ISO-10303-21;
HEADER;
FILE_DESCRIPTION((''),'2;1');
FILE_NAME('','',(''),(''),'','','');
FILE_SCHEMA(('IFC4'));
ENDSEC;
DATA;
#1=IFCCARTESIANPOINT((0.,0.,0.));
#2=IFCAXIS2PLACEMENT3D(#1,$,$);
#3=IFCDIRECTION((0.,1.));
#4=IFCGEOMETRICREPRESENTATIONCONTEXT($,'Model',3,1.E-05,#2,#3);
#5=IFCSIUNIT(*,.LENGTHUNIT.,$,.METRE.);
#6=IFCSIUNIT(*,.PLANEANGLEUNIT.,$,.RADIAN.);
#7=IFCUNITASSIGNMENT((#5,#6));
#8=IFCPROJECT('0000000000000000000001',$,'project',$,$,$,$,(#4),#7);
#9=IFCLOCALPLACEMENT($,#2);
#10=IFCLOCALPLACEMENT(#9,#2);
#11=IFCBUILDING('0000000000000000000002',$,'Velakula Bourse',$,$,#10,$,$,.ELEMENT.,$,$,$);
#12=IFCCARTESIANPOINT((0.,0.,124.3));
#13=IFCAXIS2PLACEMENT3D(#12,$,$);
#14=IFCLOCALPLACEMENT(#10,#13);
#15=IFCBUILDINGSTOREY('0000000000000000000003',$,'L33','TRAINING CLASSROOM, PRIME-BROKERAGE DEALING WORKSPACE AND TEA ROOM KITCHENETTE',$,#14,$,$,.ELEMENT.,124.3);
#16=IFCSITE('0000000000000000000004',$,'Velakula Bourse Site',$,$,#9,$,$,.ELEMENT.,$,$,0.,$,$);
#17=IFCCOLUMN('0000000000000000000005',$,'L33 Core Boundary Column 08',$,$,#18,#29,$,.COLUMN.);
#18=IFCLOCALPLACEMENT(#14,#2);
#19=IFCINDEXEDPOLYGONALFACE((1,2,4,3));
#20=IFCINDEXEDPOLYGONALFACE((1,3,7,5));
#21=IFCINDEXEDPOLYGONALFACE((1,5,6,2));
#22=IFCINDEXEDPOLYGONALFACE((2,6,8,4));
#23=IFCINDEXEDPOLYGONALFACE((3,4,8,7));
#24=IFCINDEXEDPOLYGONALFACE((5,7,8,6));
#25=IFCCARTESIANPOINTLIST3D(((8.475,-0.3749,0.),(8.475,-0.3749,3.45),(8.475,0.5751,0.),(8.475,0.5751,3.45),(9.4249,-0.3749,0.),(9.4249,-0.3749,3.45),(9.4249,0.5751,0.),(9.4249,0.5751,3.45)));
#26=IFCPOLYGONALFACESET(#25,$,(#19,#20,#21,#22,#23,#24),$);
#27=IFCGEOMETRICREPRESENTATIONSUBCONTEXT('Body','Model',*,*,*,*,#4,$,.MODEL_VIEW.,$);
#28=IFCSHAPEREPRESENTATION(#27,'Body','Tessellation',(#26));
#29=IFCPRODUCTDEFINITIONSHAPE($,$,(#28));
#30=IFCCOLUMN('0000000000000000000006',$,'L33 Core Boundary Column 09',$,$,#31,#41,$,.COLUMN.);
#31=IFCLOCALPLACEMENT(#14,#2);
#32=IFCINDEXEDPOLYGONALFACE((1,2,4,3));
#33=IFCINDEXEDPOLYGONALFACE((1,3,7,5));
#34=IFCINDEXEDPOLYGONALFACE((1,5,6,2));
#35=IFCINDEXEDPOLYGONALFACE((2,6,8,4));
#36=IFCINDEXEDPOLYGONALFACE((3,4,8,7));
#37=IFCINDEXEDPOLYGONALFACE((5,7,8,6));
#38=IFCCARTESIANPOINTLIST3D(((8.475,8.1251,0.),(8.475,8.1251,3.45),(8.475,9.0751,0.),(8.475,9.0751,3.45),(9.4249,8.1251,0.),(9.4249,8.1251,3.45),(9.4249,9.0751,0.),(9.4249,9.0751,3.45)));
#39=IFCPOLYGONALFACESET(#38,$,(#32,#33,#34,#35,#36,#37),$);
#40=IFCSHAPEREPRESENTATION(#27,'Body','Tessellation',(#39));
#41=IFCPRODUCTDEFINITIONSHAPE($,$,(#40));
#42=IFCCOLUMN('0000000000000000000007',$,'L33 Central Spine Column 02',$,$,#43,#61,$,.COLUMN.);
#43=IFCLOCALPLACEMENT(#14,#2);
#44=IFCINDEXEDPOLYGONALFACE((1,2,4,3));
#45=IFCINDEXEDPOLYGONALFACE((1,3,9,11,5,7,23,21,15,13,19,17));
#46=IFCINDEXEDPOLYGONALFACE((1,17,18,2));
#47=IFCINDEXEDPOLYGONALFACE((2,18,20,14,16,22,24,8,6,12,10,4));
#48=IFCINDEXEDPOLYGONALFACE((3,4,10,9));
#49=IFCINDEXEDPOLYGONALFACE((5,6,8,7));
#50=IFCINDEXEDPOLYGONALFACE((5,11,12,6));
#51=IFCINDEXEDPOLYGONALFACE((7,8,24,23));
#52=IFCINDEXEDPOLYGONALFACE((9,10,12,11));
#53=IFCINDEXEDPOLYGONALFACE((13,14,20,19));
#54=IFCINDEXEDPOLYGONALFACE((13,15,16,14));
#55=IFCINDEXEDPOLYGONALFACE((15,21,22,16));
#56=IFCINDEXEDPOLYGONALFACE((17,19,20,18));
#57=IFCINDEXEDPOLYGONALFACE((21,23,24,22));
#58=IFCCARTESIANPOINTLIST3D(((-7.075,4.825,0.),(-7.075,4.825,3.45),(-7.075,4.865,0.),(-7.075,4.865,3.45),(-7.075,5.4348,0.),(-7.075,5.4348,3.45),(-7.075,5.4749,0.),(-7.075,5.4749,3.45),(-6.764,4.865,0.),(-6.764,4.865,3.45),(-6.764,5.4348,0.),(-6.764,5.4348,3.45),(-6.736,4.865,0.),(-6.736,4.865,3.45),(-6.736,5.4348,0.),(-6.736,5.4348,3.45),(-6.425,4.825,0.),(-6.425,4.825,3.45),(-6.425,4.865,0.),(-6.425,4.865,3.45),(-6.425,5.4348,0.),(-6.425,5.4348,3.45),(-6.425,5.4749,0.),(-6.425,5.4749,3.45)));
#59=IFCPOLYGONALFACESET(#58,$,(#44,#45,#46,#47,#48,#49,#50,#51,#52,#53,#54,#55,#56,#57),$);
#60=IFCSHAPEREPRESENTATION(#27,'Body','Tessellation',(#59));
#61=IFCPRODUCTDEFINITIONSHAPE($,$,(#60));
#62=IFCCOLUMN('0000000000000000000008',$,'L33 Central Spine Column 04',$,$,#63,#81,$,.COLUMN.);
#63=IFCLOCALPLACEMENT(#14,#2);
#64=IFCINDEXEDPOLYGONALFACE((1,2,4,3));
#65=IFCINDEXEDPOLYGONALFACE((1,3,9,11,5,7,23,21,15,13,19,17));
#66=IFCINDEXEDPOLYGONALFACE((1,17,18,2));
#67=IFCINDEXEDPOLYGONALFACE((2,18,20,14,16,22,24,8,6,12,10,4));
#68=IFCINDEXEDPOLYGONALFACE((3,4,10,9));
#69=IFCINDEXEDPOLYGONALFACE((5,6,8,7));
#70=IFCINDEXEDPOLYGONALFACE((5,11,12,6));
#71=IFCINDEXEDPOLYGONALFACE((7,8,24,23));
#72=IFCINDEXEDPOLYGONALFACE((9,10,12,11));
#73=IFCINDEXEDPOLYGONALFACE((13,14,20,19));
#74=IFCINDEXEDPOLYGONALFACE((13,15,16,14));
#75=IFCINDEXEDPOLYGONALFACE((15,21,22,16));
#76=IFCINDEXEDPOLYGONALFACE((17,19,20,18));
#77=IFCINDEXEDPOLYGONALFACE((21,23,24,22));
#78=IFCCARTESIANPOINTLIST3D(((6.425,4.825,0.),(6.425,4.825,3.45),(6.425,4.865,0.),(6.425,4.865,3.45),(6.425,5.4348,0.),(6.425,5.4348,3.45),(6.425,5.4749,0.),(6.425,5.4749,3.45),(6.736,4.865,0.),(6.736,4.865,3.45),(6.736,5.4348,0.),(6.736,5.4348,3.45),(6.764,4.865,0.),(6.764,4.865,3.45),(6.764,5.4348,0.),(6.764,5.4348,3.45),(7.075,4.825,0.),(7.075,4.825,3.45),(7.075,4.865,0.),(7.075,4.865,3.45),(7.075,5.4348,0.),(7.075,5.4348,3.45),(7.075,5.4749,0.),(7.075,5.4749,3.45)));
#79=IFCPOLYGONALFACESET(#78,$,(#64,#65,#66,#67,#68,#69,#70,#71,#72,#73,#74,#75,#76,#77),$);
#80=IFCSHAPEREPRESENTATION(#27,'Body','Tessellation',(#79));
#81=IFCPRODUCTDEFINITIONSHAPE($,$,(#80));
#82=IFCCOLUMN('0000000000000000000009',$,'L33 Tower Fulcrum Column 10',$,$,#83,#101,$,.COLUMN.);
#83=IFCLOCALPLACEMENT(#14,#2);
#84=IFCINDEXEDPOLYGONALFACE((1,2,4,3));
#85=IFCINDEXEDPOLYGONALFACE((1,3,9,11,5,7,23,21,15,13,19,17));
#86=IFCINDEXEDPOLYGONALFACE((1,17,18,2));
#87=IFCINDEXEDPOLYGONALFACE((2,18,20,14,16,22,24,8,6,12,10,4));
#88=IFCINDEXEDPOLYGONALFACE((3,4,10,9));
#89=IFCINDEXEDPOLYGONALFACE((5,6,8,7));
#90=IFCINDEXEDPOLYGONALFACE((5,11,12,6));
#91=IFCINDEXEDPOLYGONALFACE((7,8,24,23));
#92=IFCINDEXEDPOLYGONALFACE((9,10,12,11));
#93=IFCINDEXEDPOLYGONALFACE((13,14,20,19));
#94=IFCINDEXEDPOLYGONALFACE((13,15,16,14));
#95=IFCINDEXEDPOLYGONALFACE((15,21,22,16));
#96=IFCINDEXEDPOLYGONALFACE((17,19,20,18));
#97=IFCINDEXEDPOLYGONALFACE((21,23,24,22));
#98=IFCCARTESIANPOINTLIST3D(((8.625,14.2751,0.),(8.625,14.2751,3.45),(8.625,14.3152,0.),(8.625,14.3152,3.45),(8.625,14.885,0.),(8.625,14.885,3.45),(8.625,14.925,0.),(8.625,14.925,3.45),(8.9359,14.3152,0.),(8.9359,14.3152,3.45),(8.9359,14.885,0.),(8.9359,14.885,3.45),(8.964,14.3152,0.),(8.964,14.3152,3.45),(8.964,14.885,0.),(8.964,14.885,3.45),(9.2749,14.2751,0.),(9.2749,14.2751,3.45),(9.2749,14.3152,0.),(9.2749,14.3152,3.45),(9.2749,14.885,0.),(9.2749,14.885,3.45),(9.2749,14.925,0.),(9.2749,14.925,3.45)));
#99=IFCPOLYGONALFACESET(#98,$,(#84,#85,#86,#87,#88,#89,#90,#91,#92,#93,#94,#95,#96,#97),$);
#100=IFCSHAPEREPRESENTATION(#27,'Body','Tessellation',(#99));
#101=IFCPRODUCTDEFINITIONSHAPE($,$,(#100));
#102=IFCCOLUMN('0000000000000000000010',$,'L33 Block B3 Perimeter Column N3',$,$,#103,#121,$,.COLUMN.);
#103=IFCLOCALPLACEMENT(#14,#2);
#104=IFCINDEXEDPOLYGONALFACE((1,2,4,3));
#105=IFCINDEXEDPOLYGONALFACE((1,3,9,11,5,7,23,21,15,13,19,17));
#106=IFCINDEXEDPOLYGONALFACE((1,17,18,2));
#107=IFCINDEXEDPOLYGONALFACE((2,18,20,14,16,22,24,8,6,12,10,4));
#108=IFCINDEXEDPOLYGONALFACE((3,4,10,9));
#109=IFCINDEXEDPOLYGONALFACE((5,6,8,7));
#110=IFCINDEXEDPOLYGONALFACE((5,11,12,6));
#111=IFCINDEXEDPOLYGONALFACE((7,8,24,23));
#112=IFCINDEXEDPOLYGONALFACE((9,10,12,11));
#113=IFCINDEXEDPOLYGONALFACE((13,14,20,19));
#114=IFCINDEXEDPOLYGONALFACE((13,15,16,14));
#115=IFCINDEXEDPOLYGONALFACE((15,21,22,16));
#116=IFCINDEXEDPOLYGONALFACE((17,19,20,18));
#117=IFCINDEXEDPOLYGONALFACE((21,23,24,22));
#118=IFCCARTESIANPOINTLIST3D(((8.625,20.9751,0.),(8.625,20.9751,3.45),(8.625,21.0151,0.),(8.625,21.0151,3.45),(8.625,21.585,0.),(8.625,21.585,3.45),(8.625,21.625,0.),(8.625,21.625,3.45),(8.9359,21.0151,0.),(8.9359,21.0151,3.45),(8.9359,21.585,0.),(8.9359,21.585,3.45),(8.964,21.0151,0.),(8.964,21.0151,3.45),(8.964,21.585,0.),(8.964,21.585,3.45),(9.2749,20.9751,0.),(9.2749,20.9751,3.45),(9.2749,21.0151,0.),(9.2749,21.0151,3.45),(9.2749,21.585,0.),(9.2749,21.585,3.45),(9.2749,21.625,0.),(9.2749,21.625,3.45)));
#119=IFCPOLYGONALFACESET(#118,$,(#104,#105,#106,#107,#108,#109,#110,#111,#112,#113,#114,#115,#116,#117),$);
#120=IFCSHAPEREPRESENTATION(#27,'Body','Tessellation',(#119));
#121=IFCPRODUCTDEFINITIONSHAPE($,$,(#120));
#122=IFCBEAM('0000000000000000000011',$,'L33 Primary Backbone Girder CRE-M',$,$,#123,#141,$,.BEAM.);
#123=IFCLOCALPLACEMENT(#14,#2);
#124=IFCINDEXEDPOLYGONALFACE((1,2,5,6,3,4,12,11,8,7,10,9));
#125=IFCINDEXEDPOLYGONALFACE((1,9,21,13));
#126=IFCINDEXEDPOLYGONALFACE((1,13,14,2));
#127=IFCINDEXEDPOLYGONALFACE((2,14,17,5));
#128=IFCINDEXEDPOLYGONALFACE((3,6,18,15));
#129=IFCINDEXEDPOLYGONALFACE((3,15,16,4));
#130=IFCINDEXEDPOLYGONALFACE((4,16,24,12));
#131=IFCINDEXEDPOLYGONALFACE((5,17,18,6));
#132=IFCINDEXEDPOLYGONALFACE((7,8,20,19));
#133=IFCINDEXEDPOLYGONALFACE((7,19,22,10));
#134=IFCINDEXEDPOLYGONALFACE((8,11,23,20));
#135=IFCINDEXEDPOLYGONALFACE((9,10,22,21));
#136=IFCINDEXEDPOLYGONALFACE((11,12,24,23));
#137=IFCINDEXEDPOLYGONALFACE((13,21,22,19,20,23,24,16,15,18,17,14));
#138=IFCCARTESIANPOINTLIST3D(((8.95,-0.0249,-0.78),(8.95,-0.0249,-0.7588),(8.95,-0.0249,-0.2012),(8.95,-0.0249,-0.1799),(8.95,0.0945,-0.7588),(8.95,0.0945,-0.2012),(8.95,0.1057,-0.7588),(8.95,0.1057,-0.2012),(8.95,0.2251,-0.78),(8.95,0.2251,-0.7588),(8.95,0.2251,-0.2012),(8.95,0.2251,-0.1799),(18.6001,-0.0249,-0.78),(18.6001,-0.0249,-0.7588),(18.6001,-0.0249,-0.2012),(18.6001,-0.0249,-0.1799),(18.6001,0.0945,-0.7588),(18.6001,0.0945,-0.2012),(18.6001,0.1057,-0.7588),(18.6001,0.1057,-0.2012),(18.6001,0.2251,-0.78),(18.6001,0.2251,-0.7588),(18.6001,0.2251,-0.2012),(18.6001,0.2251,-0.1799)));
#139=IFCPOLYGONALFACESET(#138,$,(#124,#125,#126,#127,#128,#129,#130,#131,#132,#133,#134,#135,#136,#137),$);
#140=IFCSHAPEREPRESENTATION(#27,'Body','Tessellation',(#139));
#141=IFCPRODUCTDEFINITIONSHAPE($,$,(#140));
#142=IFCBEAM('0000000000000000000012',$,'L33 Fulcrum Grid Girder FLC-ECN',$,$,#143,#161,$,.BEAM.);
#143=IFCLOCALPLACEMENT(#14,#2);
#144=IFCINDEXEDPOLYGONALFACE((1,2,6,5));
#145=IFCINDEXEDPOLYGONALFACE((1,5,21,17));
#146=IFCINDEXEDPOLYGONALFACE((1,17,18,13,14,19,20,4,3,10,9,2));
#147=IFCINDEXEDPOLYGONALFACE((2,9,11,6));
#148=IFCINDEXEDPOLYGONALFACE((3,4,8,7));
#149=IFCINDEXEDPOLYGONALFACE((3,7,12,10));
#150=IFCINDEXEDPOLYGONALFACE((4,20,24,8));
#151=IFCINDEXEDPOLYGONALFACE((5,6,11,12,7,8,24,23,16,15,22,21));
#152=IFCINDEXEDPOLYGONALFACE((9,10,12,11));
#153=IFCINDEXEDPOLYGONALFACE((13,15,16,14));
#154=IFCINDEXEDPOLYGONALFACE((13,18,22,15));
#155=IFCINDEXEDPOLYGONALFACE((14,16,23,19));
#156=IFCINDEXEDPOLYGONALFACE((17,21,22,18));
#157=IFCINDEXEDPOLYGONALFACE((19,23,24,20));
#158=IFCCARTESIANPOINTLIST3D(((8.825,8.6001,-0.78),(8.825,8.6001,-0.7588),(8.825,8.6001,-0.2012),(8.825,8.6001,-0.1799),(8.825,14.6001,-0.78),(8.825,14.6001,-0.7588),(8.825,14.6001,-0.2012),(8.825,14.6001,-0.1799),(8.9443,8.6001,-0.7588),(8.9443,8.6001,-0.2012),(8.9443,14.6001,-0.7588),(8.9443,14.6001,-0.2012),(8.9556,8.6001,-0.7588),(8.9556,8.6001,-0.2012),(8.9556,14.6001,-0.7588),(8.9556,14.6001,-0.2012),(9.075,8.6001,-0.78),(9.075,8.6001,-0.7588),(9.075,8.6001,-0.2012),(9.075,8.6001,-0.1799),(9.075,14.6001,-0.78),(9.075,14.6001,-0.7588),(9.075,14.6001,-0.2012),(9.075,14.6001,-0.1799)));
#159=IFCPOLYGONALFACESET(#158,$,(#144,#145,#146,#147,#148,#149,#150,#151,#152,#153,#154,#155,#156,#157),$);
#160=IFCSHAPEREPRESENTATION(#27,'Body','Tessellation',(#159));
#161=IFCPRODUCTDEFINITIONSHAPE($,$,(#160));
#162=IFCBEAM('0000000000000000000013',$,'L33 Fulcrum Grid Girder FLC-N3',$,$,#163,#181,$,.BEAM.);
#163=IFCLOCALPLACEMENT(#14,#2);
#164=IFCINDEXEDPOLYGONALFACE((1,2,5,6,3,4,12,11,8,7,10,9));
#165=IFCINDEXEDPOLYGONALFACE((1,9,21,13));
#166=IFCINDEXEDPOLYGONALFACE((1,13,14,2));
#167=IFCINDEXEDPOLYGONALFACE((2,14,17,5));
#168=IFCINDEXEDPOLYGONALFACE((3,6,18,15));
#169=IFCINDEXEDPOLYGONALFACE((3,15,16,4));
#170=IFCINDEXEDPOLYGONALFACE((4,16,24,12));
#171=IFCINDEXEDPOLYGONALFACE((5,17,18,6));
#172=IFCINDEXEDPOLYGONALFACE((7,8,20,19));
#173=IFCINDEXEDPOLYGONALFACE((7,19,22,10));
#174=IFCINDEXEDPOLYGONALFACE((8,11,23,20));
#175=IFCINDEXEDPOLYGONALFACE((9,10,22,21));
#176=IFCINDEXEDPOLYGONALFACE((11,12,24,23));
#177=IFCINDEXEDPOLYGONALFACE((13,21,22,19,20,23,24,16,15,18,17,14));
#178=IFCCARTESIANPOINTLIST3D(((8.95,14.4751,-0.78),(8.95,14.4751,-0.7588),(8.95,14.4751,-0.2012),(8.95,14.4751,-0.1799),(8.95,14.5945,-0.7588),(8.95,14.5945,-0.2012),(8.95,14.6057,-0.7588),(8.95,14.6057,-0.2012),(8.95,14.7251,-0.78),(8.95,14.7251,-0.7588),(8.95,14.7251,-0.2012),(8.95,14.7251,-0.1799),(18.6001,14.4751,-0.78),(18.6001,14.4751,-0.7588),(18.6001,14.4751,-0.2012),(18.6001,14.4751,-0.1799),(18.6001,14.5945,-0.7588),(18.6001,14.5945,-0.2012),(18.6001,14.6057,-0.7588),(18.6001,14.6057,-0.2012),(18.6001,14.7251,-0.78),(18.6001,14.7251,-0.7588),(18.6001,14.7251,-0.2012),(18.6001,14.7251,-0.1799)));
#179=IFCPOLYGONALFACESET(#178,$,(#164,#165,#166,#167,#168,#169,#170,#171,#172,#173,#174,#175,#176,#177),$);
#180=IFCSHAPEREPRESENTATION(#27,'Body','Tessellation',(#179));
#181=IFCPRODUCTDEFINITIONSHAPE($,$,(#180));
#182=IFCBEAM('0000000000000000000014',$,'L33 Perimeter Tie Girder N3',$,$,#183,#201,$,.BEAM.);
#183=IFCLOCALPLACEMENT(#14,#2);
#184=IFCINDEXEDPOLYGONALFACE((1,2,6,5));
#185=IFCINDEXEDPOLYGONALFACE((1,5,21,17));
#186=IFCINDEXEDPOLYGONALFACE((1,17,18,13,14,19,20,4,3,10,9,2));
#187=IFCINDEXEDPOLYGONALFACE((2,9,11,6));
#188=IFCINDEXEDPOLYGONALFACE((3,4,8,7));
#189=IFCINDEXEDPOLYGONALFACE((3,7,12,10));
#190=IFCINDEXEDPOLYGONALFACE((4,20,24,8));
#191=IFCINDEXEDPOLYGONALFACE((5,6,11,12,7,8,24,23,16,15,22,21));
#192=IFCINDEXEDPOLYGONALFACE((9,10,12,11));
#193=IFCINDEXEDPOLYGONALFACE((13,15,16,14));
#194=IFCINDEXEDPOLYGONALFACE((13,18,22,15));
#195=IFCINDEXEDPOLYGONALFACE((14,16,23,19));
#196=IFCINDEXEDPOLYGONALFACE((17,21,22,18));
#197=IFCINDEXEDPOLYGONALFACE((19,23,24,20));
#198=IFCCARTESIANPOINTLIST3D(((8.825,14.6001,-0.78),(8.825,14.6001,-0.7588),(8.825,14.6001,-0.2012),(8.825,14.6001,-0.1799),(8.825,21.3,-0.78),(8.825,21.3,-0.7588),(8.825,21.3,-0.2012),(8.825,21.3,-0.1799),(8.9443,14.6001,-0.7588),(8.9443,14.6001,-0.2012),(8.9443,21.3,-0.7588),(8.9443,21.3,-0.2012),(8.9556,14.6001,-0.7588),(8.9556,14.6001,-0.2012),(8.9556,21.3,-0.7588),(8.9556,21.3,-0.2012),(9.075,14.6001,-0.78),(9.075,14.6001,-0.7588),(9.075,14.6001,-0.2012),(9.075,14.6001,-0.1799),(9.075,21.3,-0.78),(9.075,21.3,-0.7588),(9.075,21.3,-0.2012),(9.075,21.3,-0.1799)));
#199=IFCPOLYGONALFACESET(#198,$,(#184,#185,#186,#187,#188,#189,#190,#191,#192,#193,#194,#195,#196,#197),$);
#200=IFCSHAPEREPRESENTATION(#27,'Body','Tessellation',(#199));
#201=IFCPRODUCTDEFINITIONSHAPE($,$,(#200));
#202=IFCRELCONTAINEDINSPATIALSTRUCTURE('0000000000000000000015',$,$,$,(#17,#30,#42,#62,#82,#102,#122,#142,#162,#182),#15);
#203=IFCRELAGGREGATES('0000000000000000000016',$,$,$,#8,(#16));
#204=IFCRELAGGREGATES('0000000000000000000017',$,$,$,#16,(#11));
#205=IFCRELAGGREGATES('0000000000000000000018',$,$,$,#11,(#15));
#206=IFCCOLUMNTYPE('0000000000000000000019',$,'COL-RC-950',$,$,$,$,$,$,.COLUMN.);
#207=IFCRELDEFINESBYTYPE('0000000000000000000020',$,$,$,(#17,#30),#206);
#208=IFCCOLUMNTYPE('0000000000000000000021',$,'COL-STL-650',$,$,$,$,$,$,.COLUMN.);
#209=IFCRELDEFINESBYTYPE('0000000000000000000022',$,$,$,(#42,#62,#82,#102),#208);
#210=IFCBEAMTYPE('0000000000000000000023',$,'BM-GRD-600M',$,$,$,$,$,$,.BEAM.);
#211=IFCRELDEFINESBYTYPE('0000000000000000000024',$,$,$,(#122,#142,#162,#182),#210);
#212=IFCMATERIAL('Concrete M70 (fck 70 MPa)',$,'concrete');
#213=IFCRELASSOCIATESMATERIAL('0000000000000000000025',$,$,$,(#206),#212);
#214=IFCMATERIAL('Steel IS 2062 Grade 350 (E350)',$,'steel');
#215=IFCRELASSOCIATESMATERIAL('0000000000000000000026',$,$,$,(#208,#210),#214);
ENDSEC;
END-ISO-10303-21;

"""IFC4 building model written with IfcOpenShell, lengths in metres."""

from ifc_helpers import new_model, si_unit, direction, frame, origin, origin_2d, place, context, subcontext, project, spatial, rectangle, i_section, extrude, material, material_profile, profile_set, type_object, element, save


model = new_model("IFC4")

# Units and contexts
model_context = context("Model", 3, precision=1e-05, world=origin(), true_north=direction((0.0, 1.0)))
body_context = subcontext(model_context, "Body", "Model", "MODEL_VIEW")
ifc_project = project(units=[si_unit("LENGTHUNIT", "METRE"), si_unit("PLANEANGLEUNIT", "RADIAN")], contexts=[model_context])

# Site, building, storey
site_placement = place(None, origin())
site = spatial("IfcSite", under=ifc_project, at=site_placement, Name="Velakula Bourse Site", CompositionType="ELEMENT", RefElevation=0.0)
building_placement = place(site_placement, origin())
building = spatial("IfcBuilding", under=site, at=building_placement, Name="Velakula Bourse", CompositionType="ELEMENT")
storey_placement = place(building_placement, frame((0.0, 0.0, 124.3)))
storey = spatial("IfcBuildingStorey", under=building, at=storey_placement, Name="L33", Description="TRAINING CLASSROOM, PRIME-BROKERAGE DEALING WORKSPACE AND TEA ROOM KITCHENETTE", CompositionType="ELEMENT", Elevation=124.3)

# Columns
ifc_material_1 = material(Name="Concrete M70 (fck 70 MPa)", Category="concrete")
ifc_material_profile_1 = material_profile(ifc_material_1, rectangle(XDim=0.95, YDim=0.95, at=origin_2d()), Name="Concrete M70 (fck 70 MPa)")
ifc_profile_set_1 = profile_set([ifc_material_profile_1], Name="Concrete M70 (fck 70 MPa)")
column_type_1 = type_object("IfcColumnType", Name="COL-RC-950", PredefinedType="COLUMN", material=ifc_profile_set_1)
for number, where, z_axis, x_axis, name in (
    (1, (8.95, 0.1001, 0.0), (0.0, 0.0, 1.0), (1.0, 0.0, 0.0), "L33 Core Boundary Column 08"),
    (2, (8.95, 8.6001, 0.0), (0.0, 0.0, 1.0), (1.0, 0.0, 0.0), "L33 Core Boundary Column 09"),
):
    element("IfcColumn", number, at=place(storey_placement, frame(where, z_axis=z_axis, x_axis=x_axis)), inside=storey, type_object=column_type_1, Name=name, PredefinedType="COLUMN", context=body_context, shape_type="SweptSolid", body=[
        extrude(rectangle(XDim=0.95, YDim=0.95, at=origin_2d()), origin(), (0.0, 0.0, 1.0), 3.45),
    ])
ifc_material_2 = material(Name="Steel IS 2062 Grade 350 (E350)", Category="steel")
ifc_material_profile_2 = material_profile(ifc_material_2, i_section(OverallWidth=0.6499, OverallDepth=0.6499, WebThickness=0.0281, FlangeThickness=0.04, at=origin_2d()), Name="Steel IS 2062 Grade 350 (E350)")
ifc_profile_set_2 = profile_set([ifc_material_profile_2], Name="Steel IS 2062 Grade 350 (E350)")
column_type_2 = type_object("IfcColumnType", Name="COL-STL-650", PredefinedType="COLUMN", material=ifc_profile_set_2)
for number, where, z_axis, x_axis, name in (
    (3, (-6.75, 5.1499, 0.0), (0.0, 0.0, 1.0), (1.0, 0.0, 0.0), "L33 Central Spine Column 02"),
    (4, (6.75, 5.1499, 0.0), (0.0, 0.0, 1.0), (1.0, 0.0, 0.0), "L33 Central Spine Column 04"),
    (5, (8.95, 14.6001, 0.0), (0.0, 0.0, 1.0), (1.0, 0.0, 0.0), "L33 Tower Fulcrum Column 10"),
    (6, (8.95, 21.3, 0.0), (0.0, 0.0, 1.0), (1.0, 0.0, 0.0), "L33 Block B3 Perimeter Column N3"),
):
    element("IfcColumn", number, at=place(storey_placement, frame(where, z_axis=z_axis, x_axis=x_axis)), inside=storey, type_object=column_type_2, Name=name, PredefinedType="COLUMN", context=body_context, shape_type="SweptSolid", body=[
        extrude(i_section(OverallWidth=0.6499, OverallDepth=0.6499, WebThickness=0.0281, FlangeThickness=0.04, at=origin_2d()), origin(), (0.0, 0.0, 1.0), 3.45),
    ])

# Beams
ifc_material_profile_3 = material_profile(ifc_material_2, i_section(OverallWidth=0.25, OverallDepth=0.6001, WebThickness=0.0112, FlangeThickness=0.0212, at=origin_2d()), Name="Steel IS 2062 Grade 350 (E350)")
ifc_profile_set_3 = profile_set([ifc_material_profile_3], Name="Steel IS 2062 Grade 350 (E350)")
beam_type_1 = type_object("IfcBeamType", Name="BM-GRD-600M", PredefinedType="BEAM", material=ifc_profile_set_3)
beam_1_placement = place(storey_placement, frame((8.95, 0.1001, -0.48), z_axis=(1.0, 0.0, 0.0), x_axis=(0.0, 1.0, 0.0)))
element("IfcBeam", 7, at=beam_1_placement, inside=storey, type_object=beam_type_1, Name="L33 Primary Backbone Girder CRE-M", PredefinedType="BEAM", context=body_context, shape_type="SweptSolid", body=[
    extrude(i_section(OverallWidth=0.25, OverallDepth=0.6001, WebThickness=0.0112, FlangeThickness=0.0212, at=origin_2d()), origin(), (0.0, 0.0, 1.0), 9.6501),
])
beam_2_placement = place(storey_placement, frame((8.95, 8.6001, -0.48), z_axis=(0.0, 1.0, 0.0), x_axis=(-1.0, 0.0, 0.0)))
element("IfcBeam", 8, at=beam_2_placement, inside=storey, type_object=beam_type_1, Name="L33 Fulcrum Grid Girder FLC-ECN", PredefinedType="BEAM", context=body_context, shape_type="SweptSolid", body=[
    extrude(i_section(OverallWidth=0.25, OverallDepth=0.6001, WebThickness=0.0112, FlangeThickness=0.0212, at=origin_2d()), origin(), (0.0, 0.0, 1.0), 6.0),
])
beam_3_placement = place(storey_placement, frame((8.95, 14.6001, -0.48), z_axis=(1.0, 0.0, 0.0), x_axis=(0.0, 1.0, 0.0)))
element("IfcBeam", 9, at=beam_3_placement, inside=storey, type_object=beam_type_1, Name="L33 Fulcrum Grid Girder FLC-N3", PredefinedType="BEAM", context=body_context, shape_type="SweptSolid", body=[
    extrude(i_section(OverallWidth=0.25, OverallDepth=0.6001, WebThickness=0.0112, FlangeThickness=0.0212, at=origin_2d()), origin(), (0.0, 0.0, 1.0), 9.6501),
])
beam_4_placement = place(storey_placement, frame((8.95, 14.6001, -0.48), z_axis=(0.0, 1.0, 0.0), x_axis=(-1.0, 0.0, 0.0)))
element("IfcBeam", 10, at=beam_4_placement, inside=storey, type_object=beam_type_1, Name="L33 Perimeter Tie Girder N3", PredefinedType="BEAM", context=body_context, shape_type="SweptSolid", body=[
    extrude(i_section(OverallWidth=0.25, OverallDepth=0.6001, WebThickness=0.0112, FlangeThickness=0.0212, at=origin_2d()), origin(), (0.0, 0.0, 1.0), 6.7),
])

save(model, "model.ifc")
